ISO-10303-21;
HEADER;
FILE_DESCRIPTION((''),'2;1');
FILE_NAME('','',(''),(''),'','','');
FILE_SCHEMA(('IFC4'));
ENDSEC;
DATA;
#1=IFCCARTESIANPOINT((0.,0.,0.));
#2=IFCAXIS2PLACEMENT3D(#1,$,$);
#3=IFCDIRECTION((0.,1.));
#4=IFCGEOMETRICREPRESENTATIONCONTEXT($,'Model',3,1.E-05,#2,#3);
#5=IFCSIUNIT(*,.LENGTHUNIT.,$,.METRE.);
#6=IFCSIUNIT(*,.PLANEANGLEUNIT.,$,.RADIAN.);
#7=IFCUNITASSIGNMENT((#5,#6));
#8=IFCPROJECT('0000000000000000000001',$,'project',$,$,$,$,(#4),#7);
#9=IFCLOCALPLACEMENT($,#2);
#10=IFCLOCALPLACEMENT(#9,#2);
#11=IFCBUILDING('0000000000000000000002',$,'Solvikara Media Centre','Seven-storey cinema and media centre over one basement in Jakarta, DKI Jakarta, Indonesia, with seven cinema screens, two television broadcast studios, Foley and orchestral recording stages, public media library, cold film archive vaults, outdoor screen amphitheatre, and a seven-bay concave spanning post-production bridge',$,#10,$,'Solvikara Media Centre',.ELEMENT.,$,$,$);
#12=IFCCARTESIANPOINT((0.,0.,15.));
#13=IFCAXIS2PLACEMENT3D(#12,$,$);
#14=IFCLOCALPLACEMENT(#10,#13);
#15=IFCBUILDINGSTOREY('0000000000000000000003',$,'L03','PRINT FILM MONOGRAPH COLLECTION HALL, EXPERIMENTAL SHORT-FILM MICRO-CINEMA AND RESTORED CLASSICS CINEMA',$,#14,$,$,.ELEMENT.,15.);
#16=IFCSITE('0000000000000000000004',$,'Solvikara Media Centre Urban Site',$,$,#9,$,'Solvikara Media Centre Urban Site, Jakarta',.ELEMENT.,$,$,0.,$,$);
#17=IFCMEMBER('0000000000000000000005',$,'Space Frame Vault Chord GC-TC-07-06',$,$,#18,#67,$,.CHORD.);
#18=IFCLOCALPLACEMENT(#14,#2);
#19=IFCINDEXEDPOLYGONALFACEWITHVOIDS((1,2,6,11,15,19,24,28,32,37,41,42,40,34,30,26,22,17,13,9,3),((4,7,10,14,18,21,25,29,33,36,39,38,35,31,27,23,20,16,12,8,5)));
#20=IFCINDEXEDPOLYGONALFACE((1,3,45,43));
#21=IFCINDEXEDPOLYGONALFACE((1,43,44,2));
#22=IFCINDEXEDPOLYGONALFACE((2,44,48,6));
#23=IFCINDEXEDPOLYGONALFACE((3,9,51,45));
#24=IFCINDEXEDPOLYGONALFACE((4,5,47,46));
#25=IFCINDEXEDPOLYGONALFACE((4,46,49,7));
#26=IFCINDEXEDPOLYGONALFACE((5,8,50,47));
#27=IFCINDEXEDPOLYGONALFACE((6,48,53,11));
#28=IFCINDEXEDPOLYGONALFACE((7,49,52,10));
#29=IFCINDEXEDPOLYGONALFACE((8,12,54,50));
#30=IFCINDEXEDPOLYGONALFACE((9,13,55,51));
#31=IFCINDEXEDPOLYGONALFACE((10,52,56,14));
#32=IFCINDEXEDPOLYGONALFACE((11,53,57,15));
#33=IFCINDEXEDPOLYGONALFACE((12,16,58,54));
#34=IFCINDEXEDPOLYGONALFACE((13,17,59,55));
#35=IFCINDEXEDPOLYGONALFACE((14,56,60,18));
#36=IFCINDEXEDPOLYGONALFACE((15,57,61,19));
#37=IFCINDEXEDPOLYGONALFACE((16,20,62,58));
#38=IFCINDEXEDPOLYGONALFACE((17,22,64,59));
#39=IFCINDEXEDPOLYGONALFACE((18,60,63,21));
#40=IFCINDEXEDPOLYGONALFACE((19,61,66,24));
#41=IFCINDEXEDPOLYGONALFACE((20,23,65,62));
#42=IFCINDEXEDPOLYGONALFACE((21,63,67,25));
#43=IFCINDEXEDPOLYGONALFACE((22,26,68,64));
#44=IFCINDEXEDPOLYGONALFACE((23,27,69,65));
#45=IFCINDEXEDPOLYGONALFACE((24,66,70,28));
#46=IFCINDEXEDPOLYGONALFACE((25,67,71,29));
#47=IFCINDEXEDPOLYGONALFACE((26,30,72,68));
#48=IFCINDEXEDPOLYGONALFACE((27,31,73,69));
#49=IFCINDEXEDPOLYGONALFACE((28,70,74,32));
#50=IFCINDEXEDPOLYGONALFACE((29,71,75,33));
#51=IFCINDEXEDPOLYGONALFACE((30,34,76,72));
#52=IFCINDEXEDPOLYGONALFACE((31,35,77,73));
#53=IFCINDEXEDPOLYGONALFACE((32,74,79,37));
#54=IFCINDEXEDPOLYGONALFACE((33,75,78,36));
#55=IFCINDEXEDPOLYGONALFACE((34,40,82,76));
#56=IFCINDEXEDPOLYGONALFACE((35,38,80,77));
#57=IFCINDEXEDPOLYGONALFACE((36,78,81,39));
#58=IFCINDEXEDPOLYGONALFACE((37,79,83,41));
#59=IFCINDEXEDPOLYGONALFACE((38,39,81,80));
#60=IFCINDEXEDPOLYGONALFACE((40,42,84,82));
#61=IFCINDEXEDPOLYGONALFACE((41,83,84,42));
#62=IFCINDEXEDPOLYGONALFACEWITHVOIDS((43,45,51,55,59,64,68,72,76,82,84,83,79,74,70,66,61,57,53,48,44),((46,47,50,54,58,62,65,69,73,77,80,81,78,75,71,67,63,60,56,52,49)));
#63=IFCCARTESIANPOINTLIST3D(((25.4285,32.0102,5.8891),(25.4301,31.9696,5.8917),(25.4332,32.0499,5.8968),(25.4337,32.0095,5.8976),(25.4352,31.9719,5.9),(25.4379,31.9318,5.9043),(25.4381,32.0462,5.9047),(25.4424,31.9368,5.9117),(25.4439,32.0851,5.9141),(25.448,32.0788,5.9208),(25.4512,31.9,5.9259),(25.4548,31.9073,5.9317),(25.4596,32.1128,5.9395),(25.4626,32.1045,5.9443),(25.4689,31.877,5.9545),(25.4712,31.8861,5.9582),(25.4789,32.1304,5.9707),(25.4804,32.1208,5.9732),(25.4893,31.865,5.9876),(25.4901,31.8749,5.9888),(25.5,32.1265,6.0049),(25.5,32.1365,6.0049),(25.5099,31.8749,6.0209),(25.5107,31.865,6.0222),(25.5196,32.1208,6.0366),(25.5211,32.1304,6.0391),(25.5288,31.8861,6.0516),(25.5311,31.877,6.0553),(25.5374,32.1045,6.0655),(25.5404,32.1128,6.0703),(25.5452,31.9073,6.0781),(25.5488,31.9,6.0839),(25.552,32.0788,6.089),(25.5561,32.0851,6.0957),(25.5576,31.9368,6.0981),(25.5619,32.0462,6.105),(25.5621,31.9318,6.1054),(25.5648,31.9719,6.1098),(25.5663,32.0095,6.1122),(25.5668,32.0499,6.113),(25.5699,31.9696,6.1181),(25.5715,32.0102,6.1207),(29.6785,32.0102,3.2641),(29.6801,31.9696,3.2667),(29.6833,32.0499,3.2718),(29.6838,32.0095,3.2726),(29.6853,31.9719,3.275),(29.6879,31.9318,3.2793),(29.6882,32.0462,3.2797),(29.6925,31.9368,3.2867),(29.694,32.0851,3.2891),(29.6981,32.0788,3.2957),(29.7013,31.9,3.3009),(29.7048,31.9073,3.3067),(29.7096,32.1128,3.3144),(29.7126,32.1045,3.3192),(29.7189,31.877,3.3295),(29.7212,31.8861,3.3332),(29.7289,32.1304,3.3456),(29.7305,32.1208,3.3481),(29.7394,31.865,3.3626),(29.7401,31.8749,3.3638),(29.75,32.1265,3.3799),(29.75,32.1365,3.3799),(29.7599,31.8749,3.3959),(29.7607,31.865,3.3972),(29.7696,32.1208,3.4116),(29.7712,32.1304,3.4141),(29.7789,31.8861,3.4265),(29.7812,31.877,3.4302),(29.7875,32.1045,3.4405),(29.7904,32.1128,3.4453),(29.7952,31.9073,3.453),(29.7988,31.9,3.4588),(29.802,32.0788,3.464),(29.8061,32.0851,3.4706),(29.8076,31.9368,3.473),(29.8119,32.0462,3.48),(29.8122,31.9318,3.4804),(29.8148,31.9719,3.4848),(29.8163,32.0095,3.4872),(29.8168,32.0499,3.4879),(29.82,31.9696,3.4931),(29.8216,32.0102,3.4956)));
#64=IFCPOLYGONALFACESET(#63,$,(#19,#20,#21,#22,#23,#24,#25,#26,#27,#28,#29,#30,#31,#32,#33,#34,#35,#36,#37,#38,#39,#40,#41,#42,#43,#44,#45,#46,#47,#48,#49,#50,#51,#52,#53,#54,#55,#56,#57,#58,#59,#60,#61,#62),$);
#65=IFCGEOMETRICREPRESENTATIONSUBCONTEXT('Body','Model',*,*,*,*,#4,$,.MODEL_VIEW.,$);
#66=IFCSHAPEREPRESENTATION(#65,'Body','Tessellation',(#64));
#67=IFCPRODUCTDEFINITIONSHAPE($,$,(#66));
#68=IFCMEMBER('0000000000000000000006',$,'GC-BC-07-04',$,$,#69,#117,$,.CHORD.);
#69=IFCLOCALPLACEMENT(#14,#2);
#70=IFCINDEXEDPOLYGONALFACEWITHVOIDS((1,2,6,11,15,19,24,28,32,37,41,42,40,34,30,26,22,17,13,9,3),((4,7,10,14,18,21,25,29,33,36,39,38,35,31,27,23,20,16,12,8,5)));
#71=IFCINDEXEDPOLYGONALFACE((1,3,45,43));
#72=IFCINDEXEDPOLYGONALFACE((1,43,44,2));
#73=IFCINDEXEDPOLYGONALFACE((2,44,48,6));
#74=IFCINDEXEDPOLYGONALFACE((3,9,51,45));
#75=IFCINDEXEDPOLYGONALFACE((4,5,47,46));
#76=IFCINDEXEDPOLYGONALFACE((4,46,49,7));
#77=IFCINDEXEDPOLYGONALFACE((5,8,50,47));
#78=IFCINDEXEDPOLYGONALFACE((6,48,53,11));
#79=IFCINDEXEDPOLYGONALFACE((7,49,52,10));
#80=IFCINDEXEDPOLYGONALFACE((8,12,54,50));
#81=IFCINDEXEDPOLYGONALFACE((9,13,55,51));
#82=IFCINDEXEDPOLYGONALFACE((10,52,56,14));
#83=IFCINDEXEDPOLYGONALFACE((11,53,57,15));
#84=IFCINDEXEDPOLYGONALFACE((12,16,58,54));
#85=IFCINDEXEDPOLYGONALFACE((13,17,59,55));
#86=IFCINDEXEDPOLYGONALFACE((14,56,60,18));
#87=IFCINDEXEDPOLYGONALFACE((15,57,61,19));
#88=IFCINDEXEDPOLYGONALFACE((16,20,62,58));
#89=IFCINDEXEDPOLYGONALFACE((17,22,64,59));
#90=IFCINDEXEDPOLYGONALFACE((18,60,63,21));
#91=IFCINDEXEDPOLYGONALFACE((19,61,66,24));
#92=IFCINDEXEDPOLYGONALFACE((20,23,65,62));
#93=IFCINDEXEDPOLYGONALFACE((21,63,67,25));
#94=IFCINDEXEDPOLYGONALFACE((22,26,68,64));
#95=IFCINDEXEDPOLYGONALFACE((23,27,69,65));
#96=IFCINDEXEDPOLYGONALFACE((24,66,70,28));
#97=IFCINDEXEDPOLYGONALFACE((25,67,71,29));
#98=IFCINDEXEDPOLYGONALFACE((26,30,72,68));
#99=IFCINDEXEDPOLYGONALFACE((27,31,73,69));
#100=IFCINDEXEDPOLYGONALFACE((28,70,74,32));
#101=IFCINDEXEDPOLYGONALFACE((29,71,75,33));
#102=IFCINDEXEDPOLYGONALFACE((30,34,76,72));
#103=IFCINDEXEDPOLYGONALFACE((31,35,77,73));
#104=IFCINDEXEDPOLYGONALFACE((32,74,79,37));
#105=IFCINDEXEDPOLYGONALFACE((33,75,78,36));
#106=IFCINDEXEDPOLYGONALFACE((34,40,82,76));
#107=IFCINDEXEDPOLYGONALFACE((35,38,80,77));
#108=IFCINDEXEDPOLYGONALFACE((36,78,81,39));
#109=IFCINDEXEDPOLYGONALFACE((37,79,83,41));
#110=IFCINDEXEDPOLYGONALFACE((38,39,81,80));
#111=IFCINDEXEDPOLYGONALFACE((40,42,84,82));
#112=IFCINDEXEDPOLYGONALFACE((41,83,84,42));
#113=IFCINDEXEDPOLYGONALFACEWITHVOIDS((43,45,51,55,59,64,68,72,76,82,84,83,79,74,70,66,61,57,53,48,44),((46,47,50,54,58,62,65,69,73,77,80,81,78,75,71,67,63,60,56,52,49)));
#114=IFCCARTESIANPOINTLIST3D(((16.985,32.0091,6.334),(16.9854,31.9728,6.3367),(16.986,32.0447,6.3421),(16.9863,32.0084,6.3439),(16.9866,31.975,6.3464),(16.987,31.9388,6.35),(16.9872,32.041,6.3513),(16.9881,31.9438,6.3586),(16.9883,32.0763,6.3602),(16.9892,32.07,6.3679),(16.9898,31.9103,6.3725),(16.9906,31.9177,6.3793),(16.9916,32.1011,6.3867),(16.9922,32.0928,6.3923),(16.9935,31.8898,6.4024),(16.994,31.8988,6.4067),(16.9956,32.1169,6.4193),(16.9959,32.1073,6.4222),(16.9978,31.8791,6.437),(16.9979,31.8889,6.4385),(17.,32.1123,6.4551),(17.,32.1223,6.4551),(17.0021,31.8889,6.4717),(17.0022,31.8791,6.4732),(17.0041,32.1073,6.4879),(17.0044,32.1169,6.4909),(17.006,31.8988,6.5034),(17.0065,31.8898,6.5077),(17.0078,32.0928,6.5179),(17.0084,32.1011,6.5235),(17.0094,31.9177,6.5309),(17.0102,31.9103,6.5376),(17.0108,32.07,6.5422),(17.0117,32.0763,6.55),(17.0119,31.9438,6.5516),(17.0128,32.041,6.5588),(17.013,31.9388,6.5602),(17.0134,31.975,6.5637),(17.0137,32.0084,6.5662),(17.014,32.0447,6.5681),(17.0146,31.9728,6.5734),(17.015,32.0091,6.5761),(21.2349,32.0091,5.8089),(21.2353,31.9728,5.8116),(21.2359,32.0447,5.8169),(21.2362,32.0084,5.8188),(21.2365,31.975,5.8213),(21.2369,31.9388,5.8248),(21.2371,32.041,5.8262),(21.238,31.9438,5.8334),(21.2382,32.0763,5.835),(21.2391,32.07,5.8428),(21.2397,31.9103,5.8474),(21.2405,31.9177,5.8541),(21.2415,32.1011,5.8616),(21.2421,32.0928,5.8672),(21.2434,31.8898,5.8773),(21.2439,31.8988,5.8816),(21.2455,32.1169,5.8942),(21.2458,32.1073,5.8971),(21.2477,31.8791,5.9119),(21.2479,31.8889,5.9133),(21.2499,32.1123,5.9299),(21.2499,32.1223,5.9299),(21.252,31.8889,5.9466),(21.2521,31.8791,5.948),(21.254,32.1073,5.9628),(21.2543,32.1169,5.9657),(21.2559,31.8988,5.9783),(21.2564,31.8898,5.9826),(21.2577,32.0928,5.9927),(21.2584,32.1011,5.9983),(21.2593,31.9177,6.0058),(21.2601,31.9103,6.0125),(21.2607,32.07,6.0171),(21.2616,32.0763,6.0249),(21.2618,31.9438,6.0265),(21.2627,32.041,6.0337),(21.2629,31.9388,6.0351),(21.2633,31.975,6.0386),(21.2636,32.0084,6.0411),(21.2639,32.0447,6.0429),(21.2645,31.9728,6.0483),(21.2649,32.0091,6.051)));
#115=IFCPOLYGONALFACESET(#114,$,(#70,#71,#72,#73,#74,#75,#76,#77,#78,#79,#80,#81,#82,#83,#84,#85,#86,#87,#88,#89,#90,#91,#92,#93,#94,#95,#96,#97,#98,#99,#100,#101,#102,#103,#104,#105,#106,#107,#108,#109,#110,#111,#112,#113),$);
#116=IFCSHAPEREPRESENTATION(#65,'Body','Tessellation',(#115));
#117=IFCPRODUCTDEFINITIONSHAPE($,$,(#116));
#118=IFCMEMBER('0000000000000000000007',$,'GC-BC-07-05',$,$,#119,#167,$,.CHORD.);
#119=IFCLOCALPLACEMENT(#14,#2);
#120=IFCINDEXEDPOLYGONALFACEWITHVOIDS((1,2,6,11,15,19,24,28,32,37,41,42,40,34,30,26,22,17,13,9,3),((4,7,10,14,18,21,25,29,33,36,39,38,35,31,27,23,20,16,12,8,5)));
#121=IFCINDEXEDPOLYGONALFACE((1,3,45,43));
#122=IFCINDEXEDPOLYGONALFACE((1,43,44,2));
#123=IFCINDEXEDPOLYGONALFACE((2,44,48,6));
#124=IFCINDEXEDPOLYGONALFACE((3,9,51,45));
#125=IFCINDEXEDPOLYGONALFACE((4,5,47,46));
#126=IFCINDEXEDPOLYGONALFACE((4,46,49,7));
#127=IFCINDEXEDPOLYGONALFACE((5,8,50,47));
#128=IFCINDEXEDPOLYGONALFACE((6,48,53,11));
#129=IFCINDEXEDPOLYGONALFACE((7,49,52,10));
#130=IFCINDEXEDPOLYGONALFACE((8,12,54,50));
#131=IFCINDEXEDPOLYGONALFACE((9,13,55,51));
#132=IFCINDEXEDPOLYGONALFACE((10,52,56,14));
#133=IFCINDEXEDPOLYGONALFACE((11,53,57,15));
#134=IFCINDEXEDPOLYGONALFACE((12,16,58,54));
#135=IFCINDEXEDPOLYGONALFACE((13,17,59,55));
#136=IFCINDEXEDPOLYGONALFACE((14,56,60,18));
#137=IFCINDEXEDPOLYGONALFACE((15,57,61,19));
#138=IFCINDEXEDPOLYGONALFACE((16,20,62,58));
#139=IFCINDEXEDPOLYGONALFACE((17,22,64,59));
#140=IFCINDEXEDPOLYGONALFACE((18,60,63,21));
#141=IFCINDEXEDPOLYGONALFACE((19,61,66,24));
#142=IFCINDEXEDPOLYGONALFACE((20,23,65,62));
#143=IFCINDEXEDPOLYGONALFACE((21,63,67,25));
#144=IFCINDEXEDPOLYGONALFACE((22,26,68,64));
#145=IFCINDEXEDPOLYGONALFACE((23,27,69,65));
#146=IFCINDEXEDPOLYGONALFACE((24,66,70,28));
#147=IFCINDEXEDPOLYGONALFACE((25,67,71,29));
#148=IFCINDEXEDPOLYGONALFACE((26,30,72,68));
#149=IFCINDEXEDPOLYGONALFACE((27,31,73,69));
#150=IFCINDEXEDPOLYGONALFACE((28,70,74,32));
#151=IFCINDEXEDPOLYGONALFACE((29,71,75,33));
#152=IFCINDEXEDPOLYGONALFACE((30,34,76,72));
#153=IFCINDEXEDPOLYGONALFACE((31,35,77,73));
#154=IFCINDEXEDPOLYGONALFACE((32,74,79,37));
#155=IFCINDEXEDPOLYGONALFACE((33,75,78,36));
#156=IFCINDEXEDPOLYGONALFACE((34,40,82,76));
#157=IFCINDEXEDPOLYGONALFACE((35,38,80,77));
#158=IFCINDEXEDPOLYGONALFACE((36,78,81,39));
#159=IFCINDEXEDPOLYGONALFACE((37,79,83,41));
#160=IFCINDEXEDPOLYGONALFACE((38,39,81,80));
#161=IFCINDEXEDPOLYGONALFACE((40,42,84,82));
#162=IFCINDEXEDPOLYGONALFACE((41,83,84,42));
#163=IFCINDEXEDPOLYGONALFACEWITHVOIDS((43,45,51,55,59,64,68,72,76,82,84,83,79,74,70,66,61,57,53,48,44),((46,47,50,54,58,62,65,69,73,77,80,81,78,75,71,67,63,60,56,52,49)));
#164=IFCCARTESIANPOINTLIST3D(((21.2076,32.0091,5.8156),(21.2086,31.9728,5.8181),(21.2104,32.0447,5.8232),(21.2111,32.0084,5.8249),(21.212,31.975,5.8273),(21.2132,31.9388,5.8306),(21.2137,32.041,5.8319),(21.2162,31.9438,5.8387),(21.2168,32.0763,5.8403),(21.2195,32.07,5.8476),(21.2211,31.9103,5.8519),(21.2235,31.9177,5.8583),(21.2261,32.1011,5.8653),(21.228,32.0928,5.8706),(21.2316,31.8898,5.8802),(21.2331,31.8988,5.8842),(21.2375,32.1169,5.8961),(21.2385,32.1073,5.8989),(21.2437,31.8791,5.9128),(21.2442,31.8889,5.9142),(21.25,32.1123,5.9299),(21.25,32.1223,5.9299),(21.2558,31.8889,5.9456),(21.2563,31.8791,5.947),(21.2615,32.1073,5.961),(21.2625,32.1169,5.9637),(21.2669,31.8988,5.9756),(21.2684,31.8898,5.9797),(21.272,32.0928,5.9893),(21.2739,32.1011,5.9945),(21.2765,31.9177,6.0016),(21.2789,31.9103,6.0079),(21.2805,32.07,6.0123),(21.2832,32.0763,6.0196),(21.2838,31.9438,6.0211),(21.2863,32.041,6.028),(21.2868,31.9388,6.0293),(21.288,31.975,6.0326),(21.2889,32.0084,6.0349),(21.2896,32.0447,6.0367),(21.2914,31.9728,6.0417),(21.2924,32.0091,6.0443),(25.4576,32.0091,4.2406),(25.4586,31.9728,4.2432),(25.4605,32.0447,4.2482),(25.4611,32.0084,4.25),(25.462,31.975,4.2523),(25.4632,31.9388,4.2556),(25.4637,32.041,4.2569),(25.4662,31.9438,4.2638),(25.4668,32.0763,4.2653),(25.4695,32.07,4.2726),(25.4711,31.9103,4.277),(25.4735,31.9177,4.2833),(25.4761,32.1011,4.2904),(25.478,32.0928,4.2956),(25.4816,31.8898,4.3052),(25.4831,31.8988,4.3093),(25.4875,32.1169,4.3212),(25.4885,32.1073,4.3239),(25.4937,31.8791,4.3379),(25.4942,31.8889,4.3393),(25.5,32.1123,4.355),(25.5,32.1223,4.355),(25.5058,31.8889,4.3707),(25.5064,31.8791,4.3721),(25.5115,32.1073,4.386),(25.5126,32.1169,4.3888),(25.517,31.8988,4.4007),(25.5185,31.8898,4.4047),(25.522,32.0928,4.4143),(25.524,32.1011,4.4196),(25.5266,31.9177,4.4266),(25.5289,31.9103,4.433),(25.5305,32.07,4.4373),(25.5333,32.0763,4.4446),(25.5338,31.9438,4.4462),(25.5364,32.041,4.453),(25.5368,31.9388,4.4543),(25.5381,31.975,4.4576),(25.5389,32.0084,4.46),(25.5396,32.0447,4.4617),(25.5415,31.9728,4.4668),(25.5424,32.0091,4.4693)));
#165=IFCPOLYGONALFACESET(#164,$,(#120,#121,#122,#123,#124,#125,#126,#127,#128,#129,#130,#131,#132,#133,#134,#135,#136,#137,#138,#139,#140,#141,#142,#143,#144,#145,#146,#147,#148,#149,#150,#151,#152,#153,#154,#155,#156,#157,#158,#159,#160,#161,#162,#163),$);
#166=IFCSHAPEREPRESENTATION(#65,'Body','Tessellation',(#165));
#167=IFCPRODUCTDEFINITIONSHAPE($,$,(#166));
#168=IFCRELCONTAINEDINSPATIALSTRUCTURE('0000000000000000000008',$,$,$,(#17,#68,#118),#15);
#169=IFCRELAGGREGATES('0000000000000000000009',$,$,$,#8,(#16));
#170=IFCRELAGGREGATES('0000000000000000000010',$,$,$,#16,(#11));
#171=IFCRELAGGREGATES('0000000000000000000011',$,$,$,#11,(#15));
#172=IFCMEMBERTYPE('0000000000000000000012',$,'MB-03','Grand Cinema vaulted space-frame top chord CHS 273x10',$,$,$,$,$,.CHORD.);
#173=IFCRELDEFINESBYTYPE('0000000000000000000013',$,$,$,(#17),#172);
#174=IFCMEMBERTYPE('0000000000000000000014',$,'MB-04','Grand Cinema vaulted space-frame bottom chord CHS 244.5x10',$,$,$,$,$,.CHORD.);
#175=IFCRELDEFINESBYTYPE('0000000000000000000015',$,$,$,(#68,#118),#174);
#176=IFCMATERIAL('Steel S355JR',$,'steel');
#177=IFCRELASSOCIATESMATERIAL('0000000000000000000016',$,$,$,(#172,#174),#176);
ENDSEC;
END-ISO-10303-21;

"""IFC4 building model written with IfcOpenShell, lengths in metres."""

from ifc_helpers import new_model, si_unit, direction, frame, origin, origin_2d, place, context, subcontext, project, spatial, hollow_circle, extrude, material, material_profile, profile_set, type_object, element, save


model = new_model("IFC4")

# Units and contexts
model_context = context("Model", 3, precision=1e-05, world=origin(), true_north=direction((0.0, 1.0)))
body_context = subcontext(model_context, "Body", "Model", "MODEL_VIEW")
ifc_project = project(units=[si_unit("LENGTHUNIT", "METRE"), si_unit("PLANEANGLEUNIT", "RADIAN")], contexts=[model_context])

# Site, building, storey
site_placement = place(None, origin())
site = spatial("IfcSite", under=ifc_project, at=site_placement, Name="Solvikara Media Centre Urban Site", LongName="Solvikara Media Centre Urban Site, Jakarta", CompositionType="ELEMENT", RefElevation=0.0)
building_placement = place(site_placement, origin())
building = spatial("IfcBuilding", under=site, at=building_placement, Name="Solvikara Media Centre", Description="Seven-storey cinema and media centre over one basement in Jakarta, DKI Jakarta, Indonesia, with seven cinema screens, two television broadcast studios, Foley and orchestral recording stages, public media library, cold film archive vaults, outdoor screen amphitheatre, and a seven-bay concave spanning post-production bridge", LongName="Solvikara Media Centre", CompositionType="ELEMENT")
storey_placement = place(building_placement, frame((0.0, 0.0, 15.0)))
storey = spatial("IfcBuildingStorey", under=building, at=storey_placement, Name="L03", Description="PRINT FILM MONOGRAPH COLLECTION HALL, EXPERIMENTAL SHORT-FILM MICRO-CINEMA AND RESTORED CLASSICS CINEMA", CompositionType="ELEMENT", Elevation=15.0)

# Shared definitions
ifc_material_1 = material(Name="Steel S355JR", Category="steel")

# Members
ifc_material_profile_1 = material_profile(ifc_material_1, hollow_circle(Radius=0.1365, WallThickness=0.01, at=origin_2d()), Name="CHS 273x10")
ifc_profile_set_1 = profile_set([ifc_material_profile_1], Name="Steel S355JR")
member_type_1 = type_object("IfcMemberType", Name="MB-03", Description="Grand Cinema vaulted space-frame top chord CHS 273x10", PredefinedType="CHORD", material=ifc_profile_set_1)
member_1_placement = place(storey_placement, frame((25.5, 32.0, 6.0049), z_axis=(0.850798, 0.0, -0.525493), x_axis=(0.0, 1.0, 0.0)))
element("IfcMember", 1, at=member_1_placement, inside=storey, type_object=member_type_1, Name="Space Frame Vault Chord GC-TC-07-06", PredefinedType="CHORD", context=body_context, shape_type="SweptSolid", body=[
    extrude(hollow_circle(Radius=0.1365, WallThickness=0.01, at=origin_2d()), origin(), (0.0, 0.0, 1.0), 4.9954),
])
ifc_material_profile_2 = material_profile(ifc_material_1, hollow_circle(Radius=0.1223, WallThickness=0.01, at=origin_2d()), Name="CHS 244.5x10")
ifc_profile_set_2 = profile_set([ifc_material_profile_2], Name="Steel S355JR")
member_type_2 = type_object("IfcMemberType", Name="MB-04", Description="Grand Cinema vaulted space-frame bottom chord CHS 244.5x10", PredefinedType="CHORD", material=ifc_profile_set_2)
member_2_placement = place(storey_placement, frame((17.0, 32.0, 6.4551), z_axis=(0.992452, 0.0, -0.122631), x_axis=(0.0, 1.0, 0.0)))
element("IfcMember", 2, at=member_2_placement, inside=storey, type_object=member_type_2, Name="GC-BC-07-04", PredefinedType="CHORD", context=body_context, shape_type="SweptSolid", body=[
    extrude(hollow_circle(Radius=0.1223, WallThickness=0.01, at=origin_2d()), origin(), (0.0, 0.0, 1.0), 4.2822),
])
member_3_placement = place(storey_placement, frame((21.25, 32.0, 5.9299), z_axis=(0.937686, 0.0, -0.347485), x_axis=(0.0, 1.0, 0.0)))
element("IfcMember", 3, at=member_3_placement, inside=storey, type_object=member_type_2, Name="GC-BC-07-05", PredefinedType="CHORD", context=body_context, shape_type="SweptSolid", body=[
    extrude(hollow_circle(Radius=0.1223, WallThickness=0.01, at=origin_2d()), origin(), (0.0, 0.0, 1.0), 4.5325),
])

save(model, "model.ifc")
